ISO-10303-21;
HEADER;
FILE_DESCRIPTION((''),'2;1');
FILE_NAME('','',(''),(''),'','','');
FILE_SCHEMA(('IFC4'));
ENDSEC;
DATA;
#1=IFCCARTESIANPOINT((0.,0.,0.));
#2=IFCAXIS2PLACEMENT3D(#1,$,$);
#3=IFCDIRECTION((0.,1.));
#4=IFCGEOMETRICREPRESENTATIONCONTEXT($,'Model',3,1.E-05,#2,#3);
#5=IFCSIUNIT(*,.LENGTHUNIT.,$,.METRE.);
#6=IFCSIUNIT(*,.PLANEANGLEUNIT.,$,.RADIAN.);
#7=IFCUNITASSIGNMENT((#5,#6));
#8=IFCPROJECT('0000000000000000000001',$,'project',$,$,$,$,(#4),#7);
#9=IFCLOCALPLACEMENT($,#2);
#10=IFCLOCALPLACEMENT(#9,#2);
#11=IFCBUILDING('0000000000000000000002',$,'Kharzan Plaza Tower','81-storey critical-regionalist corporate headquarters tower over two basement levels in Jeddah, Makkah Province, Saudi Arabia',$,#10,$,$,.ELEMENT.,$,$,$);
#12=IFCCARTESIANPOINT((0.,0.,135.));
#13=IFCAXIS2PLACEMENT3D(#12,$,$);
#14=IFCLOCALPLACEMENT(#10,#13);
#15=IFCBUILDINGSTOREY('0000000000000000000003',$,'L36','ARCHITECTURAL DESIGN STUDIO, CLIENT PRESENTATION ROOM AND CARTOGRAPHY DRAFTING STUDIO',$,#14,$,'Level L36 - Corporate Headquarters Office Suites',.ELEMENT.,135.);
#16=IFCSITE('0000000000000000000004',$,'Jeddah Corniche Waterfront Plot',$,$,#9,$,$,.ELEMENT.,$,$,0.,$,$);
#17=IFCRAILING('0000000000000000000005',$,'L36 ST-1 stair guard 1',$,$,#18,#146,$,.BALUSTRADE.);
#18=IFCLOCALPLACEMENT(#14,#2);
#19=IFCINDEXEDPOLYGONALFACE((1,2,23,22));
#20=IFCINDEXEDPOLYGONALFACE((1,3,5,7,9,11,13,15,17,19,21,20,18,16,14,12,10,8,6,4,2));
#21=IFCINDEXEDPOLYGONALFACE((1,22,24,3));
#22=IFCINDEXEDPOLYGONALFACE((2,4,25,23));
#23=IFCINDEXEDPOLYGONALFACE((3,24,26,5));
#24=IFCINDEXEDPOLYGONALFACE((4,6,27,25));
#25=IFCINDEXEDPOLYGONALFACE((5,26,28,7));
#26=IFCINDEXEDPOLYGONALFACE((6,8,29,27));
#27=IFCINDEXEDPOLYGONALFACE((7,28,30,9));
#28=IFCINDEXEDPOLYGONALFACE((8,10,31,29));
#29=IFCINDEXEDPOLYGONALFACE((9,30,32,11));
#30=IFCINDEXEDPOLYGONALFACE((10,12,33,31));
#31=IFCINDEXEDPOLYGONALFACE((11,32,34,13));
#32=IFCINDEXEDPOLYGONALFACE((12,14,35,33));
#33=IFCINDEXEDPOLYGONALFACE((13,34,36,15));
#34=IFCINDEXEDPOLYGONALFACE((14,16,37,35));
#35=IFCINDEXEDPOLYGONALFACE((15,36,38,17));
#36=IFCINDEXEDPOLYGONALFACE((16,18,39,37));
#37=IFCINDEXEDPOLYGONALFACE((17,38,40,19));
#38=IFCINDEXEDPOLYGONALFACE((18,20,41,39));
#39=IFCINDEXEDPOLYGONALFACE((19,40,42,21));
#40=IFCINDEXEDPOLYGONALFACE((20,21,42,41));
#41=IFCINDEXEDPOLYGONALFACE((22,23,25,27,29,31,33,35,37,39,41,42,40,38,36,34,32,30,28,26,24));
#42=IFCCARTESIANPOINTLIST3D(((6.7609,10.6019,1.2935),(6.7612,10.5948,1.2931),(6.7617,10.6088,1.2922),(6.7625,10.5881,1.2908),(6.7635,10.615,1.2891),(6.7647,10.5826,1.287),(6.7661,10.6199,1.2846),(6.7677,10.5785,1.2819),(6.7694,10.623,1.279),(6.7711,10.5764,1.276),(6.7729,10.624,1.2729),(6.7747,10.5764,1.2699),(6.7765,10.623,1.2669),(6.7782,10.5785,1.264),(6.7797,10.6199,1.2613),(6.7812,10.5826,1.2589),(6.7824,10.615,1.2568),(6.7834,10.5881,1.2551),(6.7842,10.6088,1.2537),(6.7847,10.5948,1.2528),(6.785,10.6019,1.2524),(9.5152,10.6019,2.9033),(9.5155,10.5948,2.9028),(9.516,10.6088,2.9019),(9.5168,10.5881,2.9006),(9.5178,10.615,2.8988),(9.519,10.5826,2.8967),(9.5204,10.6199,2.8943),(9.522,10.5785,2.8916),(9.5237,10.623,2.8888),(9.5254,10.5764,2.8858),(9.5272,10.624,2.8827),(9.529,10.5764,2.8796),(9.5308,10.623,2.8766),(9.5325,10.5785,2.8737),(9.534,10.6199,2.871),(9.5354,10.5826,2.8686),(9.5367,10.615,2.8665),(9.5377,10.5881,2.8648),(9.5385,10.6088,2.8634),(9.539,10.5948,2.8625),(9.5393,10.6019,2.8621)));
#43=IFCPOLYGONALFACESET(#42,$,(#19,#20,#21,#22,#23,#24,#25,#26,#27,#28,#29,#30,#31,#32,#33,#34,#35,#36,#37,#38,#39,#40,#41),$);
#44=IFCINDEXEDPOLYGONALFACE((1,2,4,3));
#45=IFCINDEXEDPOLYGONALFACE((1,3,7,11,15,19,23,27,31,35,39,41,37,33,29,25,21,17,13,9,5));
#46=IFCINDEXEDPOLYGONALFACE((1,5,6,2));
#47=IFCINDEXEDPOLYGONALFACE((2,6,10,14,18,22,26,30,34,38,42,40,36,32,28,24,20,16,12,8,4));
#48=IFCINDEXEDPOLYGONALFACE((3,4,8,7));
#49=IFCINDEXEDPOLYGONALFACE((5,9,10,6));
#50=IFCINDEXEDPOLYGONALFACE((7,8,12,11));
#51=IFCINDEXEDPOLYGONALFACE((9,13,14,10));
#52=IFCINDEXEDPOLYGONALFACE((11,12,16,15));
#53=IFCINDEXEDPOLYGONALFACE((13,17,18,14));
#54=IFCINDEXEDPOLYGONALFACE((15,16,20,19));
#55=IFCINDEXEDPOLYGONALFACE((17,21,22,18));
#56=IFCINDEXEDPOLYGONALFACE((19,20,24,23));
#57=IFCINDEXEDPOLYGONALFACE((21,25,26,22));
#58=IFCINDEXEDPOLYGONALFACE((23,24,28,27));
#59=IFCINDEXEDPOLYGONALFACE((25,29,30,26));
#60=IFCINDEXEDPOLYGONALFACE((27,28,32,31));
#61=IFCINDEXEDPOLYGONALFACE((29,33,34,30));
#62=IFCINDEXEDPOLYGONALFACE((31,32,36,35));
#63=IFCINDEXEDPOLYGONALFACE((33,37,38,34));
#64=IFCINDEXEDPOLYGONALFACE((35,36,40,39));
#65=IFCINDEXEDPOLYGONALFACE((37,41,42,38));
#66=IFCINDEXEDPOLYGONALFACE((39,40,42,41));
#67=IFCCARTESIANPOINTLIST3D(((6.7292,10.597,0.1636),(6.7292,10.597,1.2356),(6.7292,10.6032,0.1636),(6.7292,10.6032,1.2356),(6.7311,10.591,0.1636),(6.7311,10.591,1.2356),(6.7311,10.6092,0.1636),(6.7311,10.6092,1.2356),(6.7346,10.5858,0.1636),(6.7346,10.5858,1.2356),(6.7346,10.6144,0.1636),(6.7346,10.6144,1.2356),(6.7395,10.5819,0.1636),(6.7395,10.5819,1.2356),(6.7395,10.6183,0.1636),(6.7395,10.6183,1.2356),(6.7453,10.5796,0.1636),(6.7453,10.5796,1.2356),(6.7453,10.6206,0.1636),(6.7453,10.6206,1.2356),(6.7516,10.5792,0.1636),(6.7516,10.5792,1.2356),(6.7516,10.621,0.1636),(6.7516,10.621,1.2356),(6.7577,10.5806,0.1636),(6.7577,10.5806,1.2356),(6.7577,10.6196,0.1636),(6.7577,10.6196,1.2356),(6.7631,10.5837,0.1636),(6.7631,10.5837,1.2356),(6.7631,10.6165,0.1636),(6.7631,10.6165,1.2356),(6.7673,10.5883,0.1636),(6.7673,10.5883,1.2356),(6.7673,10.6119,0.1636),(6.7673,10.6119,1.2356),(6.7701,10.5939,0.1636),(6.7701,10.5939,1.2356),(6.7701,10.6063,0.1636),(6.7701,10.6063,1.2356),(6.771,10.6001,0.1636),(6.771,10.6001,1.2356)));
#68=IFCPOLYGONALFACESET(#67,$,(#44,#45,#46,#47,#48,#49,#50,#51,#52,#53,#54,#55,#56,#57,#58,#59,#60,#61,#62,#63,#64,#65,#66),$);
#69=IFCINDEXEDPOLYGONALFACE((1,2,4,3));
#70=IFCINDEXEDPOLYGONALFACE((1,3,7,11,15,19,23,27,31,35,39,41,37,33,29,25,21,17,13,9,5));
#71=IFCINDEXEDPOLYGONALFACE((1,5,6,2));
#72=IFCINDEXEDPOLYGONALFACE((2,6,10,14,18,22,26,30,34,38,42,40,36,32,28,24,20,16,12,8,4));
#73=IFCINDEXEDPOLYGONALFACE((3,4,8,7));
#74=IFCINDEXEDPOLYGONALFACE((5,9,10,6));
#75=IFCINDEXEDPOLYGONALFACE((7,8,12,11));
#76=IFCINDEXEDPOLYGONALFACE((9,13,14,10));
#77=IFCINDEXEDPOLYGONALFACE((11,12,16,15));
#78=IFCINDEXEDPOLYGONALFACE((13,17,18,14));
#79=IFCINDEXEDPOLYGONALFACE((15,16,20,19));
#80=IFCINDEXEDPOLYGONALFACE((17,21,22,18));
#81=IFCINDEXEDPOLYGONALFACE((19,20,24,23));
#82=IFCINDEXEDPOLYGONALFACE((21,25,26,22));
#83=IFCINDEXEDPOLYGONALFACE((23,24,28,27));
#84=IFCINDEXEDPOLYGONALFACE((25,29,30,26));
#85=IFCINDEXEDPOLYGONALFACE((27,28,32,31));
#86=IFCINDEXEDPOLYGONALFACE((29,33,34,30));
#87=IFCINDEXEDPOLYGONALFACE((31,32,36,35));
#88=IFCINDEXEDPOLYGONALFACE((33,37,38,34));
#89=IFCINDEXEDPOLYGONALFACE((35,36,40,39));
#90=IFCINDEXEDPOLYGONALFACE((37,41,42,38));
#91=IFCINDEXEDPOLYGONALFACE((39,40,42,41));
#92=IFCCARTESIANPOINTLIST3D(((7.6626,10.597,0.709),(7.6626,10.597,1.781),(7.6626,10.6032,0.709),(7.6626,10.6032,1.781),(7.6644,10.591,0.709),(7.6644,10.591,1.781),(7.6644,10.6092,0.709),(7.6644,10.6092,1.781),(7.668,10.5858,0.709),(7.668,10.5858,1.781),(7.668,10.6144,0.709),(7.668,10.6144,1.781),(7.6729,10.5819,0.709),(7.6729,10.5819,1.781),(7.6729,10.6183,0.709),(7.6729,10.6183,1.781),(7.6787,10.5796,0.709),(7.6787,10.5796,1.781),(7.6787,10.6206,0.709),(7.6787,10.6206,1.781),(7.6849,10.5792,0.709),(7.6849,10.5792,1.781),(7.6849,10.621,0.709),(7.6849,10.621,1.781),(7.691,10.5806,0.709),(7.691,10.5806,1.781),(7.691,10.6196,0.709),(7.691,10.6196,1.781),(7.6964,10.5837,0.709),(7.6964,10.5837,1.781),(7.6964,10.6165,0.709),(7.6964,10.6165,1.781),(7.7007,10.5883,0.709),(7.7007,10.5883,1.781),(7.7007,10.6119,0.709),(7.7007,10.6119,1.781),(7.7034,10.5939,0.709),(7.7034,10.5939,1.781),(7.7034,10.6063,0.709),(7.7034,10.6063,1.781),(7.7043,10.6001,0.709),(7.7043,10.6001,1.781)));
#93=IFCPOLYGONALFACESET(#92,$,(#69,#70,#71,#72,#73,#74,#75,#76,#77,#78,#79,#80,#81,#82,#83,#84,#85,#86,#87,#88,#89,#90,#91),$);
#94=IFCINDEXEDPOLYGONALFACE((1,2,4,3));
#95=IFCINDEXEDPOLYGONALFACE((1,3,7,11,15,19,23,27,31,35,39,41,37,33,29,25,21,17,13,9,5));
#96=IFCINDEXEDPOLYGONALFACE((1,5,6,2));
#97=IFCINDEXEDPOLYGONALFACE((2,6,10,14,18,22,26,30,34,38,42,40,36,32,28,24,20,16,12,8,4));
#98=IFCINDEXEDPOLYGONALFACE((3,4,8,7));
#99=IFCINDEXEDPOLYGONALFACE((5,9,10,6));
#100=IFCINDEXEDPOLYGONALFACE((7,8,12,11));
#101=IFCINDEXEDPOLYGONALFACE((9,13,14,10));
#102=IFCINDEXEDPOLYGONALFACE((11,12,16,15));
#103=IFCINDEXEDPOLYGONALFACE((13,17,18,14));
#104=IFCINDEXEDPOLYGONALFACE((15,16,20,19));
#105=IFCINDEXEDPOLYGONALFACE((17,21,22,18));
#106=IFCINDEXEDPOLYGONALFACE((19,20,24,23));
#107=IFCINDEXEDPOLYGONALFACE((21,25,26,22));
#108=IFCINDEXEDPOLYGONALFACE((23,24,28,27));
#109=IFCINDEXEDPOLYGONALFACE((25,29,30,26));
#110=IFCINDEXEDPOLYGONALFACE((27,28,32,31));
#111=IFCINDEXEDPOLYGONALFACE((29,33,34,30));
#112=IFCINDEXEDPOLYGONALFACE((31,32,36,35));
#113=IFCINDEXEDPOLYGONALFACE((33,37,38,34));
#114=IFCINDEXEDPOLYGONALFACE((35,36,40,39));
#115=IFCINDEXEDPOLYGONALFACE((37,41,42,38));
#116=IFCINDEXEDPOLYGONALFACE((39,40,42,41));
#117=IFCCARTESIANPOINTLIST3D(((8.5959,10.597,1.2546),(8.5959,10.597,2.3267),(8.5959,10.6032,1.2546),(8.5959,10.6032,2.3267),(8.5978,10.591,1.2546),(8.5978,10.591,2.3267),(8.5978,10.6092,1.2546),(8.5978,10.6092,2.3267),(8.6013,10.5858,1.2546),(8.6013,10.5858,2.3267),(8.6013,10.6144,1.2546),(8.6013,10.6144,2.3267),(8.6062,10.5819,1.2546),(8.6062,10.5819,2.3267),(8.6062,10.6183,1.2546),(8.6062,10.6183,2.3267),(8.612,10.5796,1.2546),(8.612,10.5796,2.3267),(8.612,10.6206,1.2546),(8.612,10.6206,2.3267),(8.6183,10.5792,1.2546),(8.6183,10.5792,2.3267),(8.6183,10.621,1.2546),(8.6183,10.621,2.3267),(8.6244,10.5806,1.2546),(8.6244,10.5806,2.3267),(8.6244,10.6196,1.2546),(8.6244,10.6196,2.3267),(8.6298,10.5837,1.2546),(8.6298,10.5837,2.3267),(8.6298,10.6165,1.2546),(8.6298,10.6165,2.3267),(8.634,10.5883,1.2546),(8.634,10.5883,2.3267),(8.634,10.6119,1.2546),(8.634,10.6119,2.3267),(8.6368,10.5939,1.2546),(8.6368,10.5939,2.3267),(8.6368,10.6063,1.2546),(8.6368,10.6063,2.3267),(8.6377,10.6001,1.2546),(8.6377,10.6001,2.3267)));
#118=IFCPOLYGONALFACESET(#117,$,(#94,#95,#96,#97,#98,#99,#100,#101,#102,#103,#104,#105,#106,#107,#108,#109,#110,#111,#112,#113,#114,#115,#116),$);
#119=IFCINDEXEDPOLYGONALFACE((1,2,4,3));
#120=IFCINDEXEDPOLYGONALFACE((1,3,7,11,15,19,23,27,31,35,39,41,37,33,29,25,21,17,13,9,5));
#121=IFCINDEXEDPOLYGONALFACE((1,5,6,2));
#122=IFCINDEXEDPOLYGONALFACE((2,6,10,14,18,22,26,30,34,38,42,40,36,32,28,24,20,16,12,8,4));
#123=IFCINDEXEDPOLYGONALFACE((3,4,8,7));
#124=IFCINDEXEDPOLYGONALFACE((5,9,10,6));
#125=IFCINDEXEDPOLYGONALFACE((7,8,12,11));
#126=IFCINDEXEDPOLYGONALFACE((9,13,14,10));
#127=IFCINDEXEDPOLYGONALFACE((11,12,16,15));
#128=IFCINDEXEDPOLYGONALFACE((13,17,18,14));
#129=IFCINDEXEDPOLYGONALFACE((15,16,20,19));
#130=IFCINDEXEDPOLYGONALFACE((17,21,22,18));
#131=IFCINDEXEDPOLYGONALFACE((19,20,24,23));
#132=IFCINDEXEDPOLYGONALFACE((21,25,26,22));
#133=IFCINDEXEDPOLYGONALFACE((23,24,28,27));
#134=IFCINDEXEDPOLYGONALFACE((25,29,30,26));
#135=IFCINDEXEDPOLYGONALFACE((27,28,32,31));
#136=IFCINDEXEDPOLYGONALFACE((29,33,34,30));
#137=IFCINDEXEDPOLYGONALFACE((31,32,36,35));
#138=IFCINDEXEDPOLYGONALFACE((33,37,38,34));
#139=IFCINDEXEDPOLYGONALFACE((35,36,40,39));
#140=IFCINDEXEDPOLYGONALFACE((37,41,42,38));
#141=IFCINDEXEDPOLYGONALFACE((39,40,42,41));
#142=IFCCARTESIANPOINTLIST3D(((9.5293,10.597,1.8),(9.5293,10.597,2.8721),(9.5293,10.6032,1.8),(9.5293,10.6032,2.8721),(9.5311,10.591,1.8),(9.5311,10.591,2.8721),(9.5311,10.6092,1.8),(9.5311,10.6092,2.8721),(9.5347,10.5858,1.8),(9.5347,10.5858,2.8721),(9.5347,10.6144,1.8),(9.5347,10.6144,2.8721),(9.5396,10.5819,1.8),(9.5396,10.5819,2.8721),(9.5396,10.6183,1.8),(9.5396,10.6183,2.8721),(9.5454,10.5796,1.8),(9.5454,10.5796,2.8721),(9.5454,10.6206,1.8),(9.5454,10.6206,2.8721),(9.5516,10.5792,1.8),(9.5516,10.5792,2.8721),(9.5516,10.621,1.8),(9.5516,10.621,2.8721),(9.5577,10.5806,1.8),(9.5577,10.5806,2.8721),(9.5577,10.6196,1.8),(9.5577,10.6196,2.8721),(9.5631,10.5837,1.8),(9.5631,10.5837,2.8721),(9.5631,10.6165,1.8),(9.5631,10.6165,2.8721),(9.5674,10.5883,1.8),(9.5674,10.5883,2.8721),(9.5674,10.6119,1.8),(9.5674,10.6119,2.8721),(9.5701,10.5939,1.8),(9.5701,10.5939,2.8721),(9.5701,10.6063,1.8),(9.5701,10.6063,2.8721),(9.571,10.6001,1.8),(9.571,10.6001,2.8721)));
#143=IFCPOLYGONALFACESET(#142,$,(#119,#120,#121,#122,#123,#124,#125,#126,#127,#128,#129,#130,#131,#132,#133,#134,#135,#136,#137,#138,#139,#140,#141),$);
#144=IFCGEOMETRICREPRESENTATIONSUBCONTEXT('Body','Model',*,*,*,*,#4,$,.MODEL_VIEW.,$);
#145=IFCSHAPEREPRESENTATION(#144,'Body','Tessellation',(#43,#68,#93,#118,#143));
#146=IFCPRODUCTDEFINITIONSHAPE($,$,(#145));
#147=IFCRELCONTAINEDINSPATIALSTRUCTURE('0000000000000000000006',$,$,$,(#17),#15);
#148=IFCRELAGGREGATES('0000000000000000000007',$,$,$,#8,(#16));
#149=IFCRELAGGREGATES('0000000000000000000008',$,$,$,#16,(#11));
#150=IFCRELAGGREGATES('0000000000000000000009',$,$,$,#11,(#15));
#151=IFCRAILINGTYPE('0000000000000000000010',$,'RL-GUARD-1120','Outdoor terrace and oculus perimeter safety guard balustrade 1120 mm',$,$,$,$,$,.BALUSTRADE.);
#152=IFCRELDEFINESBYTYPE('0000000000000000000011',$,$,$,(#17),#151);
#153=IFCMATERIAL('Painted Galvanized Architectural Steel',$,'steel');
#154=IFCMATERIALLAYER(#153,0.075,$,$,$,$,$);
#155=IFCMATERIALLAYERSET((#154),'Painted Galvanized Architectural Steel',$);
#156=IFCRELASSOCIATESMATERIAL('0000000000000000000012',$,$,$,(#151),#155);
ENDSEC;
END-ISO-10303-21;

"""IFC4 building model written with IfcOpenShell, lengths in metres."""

from ifc_helpers import new_model, si_unit, direction, frame, origin, origin_2d, place, context, subcontext, project, spatial, circle, extrude, source, transform, mapped, material, layer, layer_set, type_object, element, save


model = new_model("IFC4")

# Units and contexts
model_context = context("Model", 3, precision=1e-05, world=origin(), true_north=direction((0.0, 1.0)))
body_context = subcontext(model_context, "Body", "Model", "MODEL_VIEW")
ifc_project = project(units=[si_unit("LENGTHUNIT", "METRE"), si_unit("PLANEANGLEUNIT", "RADIAN")], contexts=[model_context])

# Site, building, storey
site_placement = place(None, origin())
site = spatial("IfcSite", under=ifc_project, at=site_placement, Name="Jeddah Corniche Waterfront Plot", CompositionType="ELEMENT", RefElevation=0.0)
building_placement = place(site_placement, origin())
building = spatial("IfcBuilding", under=site, at=building_placement, Name="Kharzan Plaza Tower", Description="81-storey critical-regionalist corporate headquarters tower over two basement levels in Jeddah, Makkah Province, Saudi Arabia", CompositionType="ELEMENT")
storey_placement = place(building_placement, frame((0.0, 0.0, 135.0)))
storey = spatial("IfcBuildingStorey", under=building, at=storey_placement, Name="L36", Description="ARCHITECTURAL DESIGN STUDIO, CLIENT PRESENTATION ROOM AND CARTOGRAPHY DRAFTING STUDIO", LongName="Level L36 - Corporate Headquarters Office Suites", CompositionType="ELEMENT", Elevation=135.0)

# Railing
ifc_material_1 = material(Name="Painted Galvanized Architectural Steel", Category="steel")
ifc_layer_1 = layer(ifc_material_1, 0.075)
ifc_layer_set_1 = layer_set([ifc_layer_1], Name="Painted Galvanized Architectural Steel")
railing_type_1 = type_object("IfcRailingType", Name="RL-GUARD-1120", Description="Outdoor terrace and oculus perimeter safety guard balustrade 1120 mm", PredefinedType="BALUSTRADE", material=ifc_layer_set_1)
shared_shape_1 = source(origin(), body_context, "Body", "SweptSolid", [
    extrude(circle(Radius=0.0239, at=origin_2d()), frame((0.0229, 0.0, 1.1094), z_axis=(0.863361, 0.0, 0.504587), x_axis=(0.0, 1.0, 0.0)), (0.0, 0.0, 1.0), 3.1902),
    extrude(circle(Radius=0.021, at=origin_2d()), origin(), (0.0, 0.0, 1.0), 1.072),
    extrude(circle(Radius=0.021, at=origin_2d()), frame((0.9333, 0.0, 0.5454)), (0.0, 0.0, 1.0), 1.072),
    extrude(circle(Radius=0.021, at=origin_2d()), frame((1.8667, 0.0, 1.0911)), (0.0, 0.0, 1.0), 1.072),
    extrude(circle(Radius=0.021, at=origin_2d()), frame((2.8, 0.0, 1.6365)), (0.0, 0.0, 1.0), 1.072),
])
railing_1_placement = place(storey_placement, frame((6.75, 10.6001, 0.1636)))
element("IfcRailing", 1, at=railing_1_placement, inside=storey, type_object=railing_type_1, Name="L36 ST-1 stair guard 1", PredefinedType="BALUSTRADE", context=body_context, shape_type="MappedRepresentation", body=[
    mapped(shared_shape_1, transform((0.0, 0.0, 0.0), x_axis=(1.0, 0.0, 0.0), y_axis=(0.0, 1.0, 0.0), z_axis=(0.0, 0.0, 1.0))),
])

save(model, "model.ifc")
